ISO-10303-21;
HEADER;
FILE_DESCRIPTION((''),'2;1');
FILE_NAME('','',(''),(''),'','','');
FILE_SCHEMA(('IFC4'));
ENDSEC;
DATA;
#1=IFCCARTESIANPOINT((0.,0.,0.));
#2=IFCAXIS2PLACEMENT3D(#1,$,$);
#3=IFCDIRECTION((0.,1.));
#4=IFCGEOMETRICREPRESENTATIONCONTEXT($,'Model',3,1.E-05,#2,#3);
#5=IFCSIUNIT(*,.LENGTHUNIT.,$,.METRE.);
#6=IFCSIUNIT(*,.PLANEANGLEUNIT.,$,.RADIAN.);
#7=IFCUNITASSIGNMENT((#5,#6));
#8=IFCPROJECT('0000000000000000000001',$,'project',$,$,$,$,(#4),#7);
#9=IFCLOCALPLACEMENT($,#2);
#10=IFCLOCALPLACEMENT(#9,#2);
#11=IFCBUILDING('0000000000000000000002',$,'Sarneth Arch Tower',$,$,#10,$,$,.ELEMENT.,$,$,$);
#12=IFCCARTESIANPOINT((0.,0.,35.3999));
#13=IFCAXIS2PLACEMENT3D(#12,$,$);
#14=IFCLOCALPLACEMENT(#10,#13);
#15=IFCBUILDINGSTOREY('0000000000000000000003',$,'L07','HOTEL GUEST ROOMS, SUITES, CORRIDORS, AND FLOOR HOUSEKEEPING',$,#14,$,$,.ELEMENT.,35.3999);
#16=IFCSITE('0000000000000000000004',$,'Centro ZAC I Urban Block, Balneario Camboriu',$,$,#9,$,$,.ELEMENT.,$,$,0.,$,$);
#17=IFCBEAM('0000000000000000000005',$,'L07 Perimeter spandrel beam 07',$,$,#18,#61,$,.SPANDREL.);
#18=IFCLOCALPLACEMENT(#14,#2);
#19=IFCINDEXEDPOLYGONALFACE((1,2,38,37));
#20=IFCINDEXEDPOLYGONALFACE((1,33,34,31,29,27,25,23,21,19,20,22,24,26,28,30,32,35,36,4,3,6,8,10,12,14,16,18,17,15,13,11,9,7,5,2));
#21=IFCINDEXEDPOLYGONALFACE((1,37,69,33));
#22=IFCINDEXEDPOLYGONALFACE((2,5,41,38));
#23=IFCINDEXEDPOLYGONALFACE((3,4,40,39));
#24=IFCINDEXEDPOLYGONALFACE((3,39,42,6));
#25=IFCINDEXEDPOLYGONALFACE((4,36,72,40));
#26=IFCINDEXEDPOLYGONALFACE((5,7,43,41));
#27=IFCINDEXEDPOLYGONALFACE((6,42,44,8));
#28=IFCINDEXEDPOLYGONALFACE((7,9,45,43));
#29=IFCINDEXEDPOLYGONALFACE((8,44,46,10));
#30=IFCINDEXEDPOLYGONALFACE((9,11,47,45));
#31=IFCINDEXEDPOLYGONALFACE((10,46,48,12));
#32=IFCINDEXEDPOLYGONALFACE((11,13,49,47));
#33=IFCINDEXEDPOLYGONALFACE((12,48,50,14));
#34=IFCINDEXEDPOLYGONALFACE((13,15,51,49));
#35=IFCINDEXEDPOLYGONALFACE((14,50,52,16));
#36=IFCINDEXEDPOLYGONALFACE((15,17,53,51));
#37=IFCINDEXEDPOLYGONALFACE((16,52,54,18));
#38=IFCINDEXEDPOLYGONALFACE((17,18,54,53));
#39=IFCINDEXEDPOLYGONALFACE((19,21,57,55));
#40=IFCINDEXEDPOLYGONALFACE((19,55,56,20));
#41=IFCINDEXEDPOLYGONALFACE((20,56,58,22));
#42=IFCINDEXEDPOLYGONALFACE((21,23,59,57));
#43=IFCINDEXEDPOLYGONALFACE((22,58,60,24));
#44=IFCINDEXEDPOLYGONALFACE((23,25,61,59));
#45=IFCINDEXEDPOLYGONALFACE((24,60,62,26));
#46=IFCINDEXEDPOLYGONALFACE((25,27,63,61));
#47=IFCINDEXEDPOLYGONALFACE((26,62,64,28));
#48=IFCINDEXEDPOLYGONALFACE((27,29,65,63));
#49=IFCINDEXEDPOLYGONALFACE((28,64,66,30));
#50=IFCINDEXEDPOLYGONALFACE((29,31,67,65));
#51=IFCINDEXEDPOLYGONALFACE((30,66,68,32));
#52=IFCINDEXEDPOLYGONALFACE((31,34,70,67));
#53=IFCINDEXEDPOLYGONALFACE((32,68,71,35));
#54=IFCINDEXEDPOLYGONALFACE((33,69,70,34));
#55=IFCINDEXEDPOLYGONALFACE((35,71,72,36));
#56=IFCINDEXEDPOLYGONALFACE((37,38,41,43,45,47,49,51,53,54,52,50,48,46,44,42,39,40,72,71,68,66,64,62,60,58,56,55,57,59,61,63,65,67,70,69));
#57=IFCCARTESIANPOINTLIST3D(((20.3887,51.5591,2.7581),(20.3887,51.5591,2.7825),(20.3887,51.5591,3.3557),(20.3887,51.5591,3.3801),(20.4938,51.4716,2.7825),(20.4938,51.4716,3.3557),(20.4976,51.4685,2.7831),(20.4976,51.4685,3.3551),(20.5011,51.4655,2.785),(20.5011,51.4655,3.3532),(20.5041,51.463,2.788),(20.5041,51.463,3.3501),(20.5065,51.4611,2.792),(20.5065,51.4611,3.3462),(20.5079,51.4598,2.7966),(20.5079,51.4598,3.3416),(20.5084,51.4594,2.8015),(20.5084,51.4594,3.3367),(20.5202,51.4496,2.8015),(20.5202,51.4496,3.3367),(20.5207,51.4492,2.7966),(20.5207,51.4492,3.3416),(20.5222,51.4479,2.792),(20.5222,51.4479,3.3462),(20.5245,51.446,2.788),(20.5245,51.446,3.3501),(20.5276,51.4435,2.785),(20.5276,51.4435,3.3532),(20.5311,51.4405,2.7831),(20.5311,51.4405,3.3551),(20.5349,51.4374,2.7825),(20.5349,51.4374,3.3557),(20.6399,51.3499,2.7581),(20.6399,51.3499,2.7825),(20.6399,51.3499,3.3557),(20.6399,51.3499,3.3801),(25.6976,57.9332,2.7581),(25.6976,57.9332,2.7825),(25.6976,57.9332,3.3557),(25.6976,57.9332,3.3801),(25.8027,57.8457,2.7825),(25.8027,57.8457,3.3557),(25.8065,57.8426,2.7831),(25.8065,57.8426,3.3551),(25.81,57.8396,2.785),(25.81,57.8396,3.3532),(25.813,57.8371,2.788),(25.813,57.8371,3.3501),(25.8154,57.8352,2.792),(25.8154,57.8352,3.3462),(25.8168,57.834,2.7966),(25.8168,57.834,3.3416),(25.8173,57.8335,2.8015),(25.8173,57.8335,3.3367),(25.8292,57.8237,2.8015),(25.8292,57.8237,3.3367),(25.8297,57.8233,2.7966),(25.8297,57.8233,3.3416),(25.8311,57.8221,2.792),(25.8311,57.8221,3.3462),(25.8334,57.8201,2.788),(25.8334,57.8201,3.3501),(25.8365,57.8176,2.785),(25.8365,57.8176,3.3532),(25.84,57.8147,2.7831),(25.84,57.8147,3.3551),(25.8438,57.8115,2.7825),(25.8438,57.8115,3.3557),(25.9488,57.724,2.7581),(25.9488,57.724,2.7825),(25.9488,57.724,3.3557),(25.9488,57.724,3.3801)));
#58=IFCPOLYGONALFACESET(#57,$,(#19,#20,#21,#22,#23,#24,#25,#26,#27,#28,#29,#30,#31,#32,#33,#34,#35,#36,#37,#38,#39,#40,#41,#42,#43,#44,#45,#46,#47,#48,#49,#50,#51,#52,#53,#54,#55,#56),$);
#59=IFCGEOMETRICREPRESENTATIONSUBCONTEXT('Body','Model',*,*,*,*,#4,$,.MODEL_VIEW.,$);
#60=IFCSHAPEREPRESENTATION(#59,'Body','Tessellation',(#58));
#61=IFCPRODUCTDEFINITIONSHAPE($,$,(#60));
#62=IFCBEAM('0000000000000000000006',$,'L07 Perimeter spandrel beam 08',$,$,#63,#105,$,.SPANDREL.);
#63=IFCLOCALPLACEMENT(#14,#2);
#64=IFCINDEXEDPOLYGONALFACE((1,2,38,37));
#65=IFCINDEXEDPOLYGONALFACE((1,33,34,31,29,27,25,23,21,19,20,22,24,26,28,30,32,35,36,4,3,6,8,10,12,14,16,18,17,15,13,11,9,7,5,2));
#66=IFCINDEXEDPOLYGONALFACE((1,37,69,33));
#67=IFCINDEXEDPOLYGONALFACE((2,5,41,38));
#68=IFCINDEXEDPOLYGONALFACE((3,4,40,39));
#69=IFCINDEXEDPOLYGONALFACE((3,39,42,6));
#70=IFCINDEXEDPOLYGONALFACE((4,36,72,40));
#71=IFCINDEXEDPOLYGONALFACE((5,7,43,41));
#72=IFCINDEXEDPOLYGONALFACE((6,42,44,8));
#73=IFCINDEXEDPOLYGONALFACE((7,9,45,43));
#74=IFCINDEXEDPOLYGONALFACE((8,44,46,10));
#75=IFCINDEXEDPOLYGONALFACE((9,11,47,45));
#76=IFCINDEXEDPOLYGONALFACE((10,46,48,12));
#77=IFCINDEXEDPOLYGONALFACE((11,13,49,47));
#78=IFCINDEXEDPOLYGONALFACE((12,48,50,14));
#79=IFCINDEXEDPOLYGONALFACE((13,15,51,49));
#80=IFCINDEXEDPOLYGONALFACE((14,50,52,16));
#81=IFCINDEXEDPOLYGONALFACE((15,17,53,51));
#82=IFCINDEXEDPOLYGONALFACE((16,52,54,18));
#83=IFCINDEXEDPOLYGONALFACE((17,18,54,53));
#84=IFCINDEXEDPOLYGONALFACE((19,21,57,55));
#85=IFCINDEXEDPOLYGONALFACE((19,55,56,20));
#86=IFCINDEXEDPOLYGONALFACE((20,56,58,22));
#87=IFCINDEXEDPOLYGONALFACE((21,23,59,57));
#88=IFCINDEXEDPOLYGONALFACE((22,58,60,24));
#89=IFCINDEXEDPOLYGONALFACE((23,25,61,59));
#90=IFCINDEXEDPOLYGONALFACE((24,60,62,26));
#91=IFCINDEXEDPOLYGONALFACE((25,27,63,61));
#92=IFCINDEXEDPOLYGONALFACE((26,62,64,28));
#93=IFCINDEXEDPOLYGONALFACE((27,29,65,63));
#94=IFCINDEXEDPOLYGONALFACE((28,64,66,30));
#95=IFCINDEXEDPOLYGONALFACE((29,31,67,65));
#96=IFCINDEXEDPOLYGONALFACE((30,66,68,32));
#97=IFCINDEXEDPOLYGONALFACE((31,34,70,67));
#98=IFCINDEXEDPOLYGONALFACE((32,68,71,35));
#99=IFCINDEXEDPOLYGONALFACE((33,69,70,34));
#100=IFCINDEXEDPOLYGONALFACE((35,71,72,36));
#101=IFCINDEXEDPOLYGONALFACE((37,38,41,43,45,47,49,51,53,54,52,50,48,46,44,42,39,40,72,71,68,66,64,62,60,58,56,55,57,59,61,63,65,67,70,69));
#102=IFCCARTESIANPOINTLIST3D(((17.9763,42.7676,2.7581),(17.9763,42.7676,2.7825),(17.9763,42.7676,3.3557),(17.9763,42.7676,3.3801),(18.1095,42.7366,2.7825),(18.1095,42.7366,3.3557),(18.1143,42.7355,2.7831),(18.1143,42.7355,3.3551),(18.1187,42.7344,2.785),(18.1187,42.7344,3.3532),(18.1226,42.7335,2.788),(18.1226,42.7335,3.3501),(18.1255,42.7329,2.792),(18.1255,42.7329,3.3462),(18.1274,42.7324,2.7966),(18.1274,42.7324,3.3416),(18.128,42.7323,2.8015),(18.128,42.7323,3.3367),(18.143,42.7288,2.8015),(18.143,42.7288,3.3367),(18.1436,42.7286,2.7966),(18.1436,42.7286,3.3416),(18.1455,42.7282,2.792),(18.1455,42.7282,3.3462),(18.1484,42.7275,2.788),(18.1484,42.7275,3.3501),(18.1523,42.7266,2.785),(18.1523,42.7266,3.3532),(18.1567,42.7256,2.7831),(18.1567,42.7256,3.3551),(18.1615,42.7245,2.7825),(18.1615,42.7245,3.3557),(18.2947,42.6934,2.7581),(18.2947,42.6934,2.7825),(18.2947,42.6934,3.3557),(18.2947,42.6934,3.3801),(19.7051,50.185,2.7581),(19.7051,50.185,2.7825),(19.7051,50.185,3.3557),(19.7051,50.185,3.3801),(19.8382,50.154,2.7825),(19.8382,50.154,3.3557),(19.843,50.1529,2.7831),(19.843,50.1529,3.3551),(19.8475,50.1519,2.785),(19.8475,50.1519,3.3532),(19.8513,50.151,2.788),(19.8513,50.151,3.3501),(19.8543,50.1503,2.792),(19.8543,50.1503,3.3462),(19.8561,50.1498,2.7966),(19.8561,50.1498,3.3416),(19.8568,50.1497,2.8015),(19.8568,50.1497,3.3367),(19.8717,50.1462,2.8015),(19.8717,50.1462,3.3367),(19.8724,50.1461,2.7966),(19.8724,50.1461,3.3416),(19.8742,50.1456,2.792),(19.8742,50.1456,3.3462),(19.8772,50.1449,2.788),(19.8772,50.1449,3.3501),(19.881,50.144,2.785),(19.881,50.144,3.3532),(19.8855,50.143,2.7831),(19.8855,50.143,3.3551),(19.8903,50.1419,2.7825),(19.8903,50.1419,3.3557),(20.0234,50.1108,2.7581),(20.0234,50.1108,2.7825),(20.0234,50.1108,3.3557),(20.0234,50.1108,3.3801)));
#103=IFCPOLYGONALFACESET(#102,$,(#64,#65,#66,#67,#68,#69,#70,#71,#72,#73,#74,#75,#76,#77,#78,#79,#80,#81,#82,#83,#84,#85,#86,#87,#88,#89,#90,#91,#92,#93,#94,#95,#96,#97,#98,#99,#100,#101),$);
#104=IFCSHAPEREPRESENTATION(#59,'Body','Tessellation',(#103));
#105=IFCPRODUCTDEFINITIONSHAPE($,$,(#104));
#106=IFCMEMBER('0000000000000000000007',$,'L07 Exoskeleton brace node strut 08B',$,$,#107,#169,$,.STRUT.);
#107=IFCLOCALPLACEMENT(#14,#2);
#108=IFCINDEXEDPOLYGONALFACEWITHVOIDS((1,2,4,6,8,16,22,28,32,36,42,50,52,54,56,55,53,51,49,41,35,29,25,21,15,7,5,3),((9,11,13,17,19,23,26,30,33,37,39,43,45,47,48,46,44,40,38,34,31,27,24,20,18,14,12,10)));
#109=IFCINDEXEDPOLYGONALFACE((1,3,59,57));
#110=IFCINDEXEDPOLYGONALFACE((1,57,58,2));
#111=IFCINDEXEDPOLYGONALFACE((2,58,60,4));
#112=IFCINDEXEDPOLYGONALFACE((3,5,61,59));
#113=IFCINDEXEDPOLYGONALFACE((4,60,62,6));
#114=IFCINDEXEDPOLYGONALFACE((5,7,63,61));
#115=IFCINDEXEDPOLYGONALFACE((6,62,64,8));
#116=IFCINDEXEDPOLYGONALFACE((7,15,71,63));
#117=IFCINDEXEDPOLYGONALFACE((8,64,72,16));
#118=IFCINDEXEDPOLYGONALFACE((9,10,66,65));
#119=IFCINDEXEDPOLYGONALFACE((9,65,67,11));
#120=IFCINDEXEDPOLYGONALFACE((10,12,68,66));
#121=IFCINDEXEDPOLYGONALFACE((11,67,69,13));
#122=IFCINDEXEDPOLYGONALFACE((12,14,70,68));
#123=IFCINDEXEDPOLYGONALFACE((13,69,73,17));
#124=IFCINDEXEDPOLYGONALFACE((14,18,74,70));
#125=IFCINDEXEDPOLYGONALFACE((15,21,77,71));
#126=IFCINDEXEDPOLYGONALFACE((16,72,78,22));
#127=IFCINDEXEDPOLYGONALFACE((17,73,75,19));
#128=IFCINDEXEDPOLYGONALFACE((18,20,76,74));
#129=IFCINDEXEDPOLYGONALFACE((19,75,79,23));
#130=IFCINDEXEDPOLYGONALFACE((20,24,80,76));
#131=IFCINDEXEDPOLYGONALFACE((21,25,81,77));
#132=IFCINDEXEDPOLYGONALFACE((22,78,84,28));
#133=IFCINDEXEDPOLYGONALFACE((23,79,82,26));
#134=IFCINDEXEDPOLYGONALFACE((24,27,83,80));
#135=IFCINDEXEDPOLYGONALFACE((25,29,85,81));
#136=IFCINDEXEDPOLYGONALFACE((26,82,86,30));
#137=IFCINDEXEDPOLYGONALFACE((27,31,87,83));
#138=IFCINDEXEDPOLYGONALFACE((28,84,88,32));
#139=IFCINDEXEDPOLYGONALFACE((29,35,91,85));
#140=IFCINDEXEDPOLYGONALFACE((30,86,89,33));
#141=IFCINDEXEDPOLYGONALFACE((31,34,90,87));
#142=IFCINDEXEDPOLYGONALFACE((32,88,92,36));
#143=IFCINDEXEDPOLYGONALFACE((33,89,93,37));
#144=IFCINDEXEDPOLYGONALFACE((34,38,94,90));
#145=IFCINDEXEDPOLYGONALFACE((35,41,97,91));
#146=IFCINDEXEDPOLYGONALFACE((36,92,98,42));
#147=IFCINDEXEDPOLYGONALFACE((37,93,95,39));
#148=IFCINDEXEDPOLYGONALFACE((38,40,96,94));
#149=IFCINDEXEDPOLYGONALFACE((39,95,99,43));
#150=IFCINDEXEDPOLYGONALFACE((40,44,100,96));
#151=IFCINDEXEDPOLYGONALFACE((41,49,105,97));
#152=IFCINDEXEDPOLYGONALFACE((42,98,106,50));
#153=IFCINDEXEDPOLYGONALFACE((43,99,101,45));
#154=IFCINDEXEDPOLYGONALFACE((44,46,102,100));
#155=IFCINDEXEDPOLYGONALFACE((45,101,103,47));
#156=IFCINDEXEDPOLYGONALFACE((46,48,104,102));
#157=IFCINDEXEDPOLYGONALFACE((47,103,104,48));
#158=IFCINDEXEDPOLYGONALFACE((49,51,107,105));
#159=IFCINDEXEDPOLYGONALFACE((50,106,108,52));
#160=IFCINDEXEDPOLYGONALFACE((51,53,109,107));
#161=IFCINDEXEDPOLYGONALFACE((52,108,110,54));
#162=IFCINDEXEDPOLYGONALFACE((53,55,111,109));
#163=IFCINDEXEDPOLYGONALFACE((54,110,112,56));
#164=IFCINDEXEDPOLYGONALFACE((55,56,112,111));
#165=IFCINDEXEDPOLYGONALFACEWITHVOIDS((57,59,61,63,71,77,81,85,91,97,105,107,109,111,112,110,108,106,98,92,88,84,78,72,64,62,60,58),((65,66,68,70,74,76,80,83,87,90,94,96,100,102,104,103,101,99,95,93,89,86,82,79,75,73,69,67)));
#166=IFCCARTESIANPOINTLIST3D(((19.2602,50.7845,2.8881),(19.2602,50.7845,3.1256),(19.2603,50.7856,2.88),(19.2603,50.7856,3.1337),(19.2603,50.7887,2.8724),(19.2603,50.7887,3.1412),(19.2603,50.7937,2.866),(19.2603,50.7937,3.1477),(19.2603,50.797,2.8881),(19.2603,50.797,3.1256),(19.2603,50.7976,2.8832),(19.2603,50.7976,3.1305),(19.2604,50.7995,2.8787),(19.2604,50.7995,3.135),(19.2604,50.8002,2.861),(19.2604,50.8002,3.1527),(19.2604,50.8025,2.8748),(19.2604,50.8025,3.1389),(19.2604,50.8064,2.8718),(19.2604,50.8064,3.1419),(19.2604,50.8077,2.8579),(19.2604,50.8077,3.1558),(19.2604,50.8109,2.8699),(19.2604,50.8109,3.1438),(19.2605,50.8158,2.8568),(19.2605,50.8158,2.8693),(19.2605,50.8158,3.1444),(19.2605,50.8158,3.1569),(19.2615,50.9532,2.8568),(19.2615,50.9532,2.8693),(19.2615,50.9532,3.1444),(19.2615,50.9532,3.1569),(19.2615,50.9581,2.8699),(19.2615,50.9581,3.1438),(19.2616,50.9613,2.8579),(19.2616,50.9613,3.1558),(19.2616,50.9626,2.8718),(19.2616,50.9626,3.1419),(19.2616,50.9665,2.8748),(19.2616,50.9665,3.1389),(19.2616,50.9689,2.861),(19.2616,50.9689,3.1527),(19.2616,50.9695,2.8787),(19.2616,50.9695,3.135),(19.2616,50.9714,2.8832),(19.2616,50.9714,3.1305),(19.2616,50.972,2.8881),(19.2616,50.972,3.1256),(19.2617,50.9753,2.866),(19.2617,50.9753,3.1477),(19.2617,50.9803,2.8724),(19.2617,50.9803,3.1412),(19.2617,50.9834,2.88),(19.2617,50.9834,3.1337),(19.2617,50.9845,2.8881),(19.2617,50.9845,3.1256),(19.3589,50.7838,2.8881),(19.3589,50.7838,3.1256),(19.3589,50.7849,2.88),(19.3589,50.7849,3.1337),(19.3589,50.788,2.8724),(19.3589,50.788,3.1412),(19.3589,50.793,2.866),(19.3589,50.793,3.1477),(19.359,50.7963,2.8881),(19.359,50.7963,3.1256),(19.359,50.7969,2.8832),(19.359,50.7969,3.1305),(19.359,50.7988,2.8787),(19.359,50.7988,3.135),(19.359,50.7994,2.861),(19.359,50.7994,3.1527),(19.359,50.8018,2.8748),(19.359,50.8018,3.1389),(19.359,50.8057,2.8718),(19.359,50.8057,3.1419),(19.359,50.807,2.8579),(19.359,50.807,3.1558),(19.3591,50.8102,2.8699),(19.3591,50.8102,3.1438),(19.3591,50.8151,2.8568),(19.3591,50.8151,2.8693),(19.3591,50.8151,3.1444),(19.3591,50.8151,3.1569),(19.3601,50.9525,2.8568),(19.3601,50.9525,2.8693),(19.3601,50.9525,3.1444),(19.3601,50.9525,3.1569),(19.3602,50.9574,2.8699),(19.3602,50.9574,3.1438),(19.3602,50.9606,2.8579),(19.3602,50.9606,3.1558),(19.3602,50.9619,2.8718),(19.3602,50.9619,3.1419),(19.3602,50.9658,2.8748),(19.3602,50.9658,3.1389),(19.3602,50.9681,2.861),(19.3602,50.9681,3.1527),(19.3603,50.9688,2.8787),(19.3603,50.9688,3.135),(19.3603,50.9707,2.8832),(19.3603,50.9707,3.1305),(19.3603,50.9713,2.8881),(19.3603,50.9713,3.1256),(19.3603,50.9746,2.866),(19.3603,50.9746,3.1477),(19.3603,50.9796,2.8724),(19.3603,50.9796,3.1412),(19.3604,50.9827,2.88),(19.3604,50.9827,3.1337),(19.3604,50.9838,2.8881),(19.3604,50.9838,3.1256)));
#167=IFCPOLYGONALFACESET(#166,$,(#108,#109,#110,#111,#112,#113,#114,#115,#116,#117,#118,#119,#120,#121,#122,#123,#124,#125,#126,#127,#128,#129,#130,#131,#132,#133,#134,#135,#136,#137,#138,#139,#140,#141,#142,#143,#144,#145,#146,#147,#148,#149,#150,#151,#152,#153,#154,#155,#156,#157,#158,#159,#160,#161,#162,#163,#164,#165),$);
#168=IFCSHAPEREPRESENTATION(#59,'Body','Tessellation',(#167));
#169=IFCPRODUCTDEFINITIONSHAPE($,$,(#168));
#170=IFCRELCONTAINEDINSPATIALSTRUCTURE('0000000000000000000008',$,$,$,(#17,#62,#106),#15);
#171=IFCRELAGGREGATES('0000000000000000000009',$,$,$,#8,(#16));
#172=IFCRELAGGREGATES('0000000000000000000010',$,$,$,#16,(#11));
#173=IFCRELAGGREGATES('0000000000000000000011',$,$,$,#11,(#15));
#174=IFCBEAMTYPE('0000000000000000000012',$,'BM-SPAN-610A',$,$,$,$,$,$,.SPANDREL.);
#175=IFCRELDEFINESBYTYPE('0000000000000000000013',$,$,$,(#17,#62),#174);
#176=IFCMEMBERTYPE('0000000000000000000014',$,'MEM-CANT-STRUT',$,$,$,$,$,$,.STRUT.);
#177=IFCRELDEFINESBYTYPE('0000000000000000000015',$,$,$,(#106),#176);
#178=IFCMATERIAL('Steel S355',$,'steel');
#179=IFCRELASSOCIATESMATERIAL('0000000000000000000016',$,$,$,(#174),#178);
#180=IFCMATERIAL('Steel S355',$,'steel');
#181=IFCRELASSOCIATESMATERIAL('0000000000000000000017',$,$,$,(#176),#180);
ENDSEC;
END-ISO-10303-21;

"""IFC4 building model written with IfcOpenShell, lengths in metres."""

from ifc_helpers import new_model, si_unit, direction, frame, origin, origin_2d, place, context, subcontext, project, spatial, hollow_rectangle, i_section, extrude, material, material_profile, profile_set, type_object, element, save


model = new_model("IFC4")

# Units and contexts
model_context = context("Model", 3, precision=1e-05, world=origin(), true_north=direction((0.0, 1.0)))
body_context = subcontext(model_context, "Body", "Model", "MODEL_VIEW")
ifc_project = project(units=[si_unit("LENGTHUNIT", "METRE"), si_unit("PLANEANGLEUNIT", "RADIAN")], contexts=[model_context])

# Site, building, storey
site_placement = place(None, origin())
site = spatial("IfcSite", under=ifc_project, at=site_placement, Name="Centro ZAC I Urban Block, Balneario Camboriu", CompositionType="ELEMENT", RefElevation=0.0)
building_placement = place(site_placement, origin())
building = spatial("IfcBuilding", under=site, at=building_placement, Name="Sarneth Arch Tower", CompositionType="ELEMENT")
storey_placement = place(building_placement, frame((0.0, 0.0, 35.3999)))
storey = spatial("IfcBuildingStorey", under=building, at=storey_placement, Name="L07", Description="HOTEL GUEST ROOMS, SUITES, CORRIDORS, AND FLOOR HOUSEKEEPING", CompositionType="ELEMENT", Elevation=35.3999)

# Beams
ifc_material_1 = material(Name="Steel S355", Category="steel")
ifc_material_profile_1 = material_profile(ifc_material_1, i_section(OverallWidth=0.3269, OverallDepth=0.6221, WebThickness=0.0154, FlangeThickness=0.0244, FilletRadius=0.019, at=origin_2d()), Name="W610x195")
ifc_profile_set_1 = profile_set([ifc_material_profile_1], Name="Steel S355")
beam_type_1 = type_object("IfcBeamType", Name="BM-SPAN-610A", PredefinedType="SPANDREL", material=ifc_profile_set_1)
beam_1_placement = place(storey_placement, frame((25.8232, 57.8286, 3.0691), z_axis=(-0.639982, -0.76839, 0.0), x_axis=(0.76839, -0.639982, 0.0)))
element("IfcBeam", 1, at=beam_1_placement, inside=storey, type_object=beam_type_1, Name="L07 Perimeter spandrel beam 07", PredefinedType="SPANDREL", context=body_context, shape_type="SweptSolid", body=[
    extrude(i_section(OverallWidth=0.3269, OverallDepth=0.6221, WebThickness=0.0154, FlangeThickness=0.0244, FilletRadius=0.019, at=origin_2d()), origin(), (0.0, 0.0, 1.0), 8.2954),
])
beam_2_placement = place(storey_placement, frame((19.8643, 50.1479, 3.0691), z_axis=(-0.226982, -0.973899, 0.0), x_axis=(0.973899, -0.226982, 0.0)))
element("IfcBeam", 2, at=beam_2_placement, inside=storey, type_object=beam_type_1, Name="L07 Perimeter spandrel beam 08", PredefinedType="SPANDREL", context=body_context, shape_type="SweptSolid", body=[
    extrude(i_section(OverallWidth=0.3269, OverallDepth=0.6221, WebThickness=0.0154, FlangeThickness=0.0244, FilletRadius=0.019, at=origin_2d()), origin(), (0.0, 0.0, 1.0), 7.6162),
])

# Member
ifc_material_2 = material(Name="Steel S355", Category="steel")
ifc_material_profile_2 = material_profile(ifc_material_2, hollow_rectangle(XDim=0.2, YDim=0.3, WallThickness=0.0125, InnerFilletRadius=0.0188, OuterFilletRadius=0.0312, at=origin_2d()), Name="RHS300x200x12.5")
ifc_profile_set_2 = profile_set([ifc_material_profile_2], Name="Steel S355")
member_type_1 = type_object("IfcMemberType", Name="MEM-CANT-STRUT", PredefinedType="STRUT", material=ifc_profile_set_2)
member_1_placement = place(storey_placement, frame((19.3596, 50.8838, 3.0068), z_axis=(-0.999972, 0.007426, 0.0), x_axis=(-0.007426, -0.999972, 0.0)))
element("IfcMember", 3, at=member_1_placement, inside=storey, type_object=member_type_1, Name="L07 Exoskeleton brace node strut 08B", PredefinedType="STRUT", context=body_context, shape_type="SweptSolid", body=[
    extrude(hollow_rectangle(XDim=0.2, YDim=0.3, WallThickness=0.0125, InnerFilletRadius=0.0188, OuterFilletRadius=0.0312, at=origin_2d()), origin(), (0.0, 0.0, 1.0), 0.0986),
])

save(model, "model.ifc")
